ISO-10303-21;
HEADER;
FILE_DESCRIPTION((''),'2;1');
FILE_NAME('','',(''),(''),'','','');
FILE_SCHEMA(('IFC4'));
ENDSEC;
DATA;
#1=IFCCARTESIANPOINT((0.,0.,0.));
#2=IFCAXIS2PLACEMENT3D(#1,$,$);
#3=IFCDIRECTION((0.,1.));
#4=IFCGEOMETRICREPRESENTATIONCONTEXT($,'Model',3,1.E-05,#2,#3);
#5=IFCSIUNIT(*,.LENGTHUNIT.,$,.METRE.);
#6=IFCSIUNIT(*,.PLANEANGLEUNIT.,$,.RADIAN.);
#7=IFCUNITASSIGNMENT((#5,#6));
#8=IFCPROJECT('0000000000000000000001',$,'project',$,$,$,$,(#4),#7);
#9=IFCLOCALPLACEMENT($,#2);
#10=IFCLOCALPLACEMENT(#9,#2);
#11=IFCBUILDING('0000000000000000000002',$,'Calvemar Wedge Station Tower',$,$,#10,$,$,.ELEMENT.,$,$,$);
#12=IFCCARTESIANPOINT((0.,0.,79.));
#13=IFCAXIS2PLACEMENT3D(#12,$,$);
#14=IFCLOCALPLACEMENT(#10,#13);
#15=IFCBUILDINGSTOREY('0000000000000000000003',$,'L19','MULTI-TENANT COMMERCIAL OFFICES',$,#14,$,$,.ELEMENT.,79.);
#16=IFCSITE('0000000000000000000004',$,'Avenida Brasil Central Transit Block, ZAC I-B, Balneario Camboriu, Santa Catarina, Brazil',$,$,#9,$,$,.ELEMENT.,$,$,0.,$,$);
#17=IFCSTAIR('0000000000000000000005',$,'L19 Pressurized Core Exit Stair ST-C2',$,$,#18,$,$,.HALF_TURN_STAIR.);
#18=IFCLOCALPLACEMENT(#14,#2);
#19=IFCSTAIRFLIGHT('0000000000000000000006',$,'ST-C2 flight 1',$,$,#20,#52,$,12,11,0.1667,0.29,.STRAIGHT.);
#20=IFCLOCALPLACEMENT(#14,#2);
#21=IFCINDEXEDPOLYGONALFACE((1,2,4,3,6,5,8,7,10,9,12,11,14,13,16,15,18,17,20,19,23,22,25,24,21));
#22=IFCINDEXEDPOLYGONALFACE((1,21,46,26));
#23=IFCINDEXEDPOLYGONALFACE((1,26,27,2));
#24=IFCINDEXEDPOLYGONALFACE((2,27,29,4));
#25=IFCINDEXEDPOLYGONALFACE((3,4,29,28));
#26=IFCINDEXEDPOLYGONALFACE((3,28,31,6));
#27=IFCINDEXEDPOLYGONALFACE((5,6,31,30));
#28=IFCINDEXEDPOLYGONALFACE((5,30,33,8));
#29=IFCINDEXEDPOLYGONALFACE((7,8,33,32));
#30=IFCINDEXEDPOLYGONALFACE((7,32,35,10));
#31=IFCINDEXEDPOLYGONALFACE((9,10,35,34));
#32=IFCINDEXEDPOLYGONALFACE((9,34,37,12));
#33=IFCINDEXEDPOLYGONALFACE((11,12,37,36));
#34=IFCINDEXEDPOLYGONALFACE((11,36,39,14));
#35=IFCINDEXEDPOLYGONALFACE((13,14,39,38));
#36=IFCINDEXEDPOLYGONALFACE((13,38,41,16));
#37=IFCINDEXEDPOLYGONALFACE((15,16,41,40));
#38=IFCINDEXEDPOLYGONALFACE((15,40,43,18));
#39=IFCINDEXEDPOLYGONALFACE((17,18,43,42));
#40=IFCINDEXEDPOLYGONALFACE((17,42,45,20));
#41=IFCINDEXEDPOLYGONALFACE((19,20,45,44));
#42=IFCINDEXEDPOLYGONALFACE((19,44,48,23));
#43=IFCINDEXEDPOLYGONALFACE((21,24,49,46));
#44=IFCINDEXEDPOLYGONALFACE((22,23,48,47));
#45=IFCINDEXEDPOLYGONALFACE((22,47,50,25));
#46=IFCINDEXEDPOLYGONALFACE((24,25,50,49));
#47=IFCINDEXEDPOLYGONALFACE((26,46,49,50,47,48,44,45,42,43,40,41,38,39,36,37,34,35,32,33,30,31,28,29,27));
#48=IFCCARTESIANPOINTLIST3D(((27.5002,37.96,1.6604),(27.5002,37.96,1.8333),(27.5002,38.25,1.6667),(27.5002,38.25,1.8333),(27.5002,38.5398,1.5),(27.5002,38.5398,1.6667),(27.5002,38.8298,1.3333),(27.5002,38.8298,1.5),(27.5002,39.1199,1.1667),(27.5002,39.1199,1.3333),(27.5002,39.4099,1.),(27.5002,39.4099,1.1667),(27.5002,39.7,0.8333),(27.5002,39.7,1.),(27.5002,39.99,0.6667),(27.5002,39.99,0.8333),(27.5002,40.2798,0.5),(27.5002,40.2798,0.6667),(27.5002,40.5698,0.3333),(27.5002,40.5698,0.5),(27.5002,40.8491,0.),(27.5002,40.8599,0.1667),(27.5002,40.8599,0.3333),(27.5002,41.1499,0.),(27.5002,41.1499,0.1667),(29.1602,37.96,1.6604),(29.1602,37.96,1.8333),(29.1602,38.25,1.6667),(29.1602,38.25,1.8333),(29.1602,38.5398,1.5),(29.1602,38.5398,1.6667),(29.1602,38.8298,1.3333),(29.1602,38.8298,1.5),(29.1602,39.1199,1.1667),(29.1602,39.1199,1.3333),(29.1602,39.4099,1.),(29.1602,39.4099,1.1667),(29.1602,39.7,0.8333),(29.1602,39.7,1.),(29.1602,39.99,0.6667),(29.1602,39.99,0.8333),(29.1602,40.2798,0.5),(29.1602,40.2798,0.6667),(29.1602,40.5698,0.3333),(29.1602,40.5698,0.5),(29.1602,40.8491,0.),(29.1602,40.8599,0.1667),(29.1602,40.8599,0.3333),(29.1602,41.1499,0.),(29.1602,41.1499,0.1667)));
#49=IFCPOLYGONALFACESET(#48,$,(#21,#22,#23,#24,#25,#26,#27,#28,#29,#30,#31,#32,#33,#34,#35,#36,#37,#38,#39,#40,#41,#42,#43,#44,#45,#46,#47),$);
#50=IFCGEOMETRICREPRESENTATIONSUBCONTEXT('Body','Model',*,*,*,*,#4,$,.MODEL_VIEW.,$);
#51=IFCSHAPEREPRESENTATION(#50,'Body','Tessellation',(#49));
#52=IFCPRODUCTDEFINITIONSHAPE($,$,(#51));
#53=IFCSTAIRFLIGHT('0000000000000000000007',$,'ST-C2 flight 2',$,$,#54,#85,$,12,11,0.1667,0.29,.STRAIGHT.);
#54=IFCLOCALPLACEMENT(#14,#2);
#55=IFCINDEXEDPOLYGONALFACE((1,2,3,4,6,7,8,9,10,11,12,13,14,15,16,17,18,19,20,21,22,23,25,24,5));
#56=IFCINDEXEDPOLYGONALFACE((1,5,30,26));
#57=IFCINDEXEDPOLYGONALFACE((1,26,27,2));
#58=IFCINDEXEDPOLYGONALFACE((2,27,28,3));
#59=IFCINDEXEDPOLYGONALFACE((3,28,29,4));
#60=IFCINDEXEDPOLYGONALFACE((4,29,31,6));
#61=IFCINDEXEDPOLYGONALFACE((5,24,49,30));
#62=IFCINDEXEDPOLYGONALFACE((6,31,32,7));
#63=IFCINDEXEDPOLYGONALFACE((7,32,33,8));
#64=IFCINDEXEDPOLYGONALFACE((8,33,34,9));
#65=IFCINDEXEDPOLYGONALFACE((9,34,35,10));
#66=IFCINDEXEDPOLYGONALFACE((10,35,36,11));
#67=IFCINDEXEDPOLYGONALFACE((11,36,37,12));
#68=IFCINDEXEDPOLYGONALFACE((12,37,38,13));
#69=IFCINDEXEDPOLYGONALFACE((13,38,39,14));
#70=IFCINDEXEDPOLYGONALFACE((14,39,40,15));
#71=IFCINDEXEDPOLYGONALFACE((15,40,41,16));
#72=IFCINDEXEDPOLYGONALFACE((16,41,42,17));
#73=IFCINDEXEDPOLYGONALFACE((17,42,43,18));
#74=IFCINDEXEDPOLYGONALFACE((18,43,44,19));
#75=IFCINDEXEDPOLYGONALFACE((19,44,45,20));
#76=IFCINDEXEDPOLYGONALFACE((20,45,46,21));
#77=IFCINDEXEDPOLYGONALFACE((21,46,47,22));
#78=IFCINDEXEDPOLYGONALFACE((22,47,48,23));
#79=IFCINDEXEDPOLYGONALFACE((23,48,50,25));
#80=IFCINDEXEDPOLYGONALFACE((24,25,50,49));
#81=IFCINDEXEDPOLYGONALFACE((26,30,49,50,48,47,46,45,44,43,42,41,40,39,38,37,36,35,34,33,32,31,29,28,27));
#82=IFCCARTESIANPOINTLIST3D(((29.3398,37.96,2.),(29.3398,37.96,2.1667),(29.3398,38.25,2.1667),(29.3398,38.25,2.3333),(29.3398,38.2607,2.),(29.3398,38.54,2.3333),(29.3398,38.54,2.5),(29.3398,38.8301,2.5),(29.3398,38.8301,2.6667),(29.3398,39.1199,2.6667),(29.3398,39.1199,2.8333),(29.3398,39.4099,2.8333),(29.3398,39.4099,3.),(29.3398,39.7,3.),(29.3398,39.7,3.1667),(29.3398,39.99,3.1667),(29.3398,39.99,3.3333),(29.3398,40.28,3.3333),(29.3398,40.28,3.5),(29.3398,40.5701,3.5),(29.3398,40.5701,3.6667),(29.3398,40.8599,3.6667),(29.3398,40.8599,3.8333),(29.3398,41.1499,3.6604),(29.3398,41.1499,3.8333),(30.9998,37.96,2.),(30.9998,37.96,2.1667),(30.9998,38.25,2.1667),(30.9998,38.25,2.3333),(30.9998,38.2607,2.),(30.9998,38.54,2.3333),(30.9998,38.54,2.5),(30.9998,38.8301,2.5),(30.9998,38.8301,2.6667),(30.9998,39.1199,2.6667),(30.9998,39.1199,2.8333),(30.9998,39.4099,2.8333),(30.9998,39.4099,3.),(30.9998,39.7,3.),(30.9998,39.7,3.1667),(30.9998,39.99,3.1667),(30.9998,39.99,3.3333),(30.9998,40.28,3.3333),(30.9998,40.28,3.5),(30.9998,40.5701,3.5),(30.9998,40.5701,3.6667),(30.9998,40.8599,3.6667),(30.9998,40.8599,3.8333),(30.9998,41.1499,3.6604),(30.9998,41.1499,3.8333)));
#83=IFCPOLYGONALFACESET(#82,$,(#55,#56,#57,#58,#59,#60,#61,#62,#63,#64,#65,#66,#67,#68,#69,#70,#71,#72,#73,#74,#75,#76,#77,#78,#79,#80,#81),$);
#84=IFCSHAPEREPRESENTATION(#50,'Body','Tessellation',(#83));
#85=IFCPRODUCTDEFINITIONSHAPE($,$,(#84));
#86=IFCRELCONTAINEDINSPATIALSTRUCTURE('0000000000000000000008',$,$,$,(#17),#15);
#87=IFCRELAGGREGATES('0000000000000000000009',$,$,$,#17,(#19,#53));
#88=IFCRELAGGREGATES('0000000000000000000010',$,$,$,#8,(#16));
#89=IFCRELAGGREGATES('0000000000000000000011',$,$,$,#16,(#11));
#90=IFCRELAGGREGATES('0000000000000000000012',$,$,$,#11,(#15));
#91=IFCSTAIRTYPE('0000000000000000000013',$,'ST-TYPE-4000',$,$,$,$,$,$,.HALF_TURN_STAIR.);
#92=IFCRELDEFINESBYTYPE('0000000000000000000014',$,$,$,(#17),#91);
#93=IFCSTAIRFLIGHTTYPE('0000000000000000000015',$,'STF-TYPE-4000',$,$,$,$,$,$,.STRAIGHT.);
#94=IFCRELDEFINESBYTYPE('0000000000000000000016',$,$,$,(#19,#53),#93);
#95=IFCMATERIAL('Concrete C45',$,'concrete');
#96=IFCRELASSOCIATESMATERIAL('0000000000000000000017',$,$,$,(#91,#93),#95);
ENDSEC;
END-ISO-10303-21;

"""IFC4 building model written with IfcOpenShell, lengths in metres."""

from ifc_helpers import new_model, si_unit, direction, frame, origin, place, context, subcontext, project, spatial, polyline, outline, extrude, material, type_object, element, aggregate, save


model = new_model("IFC4")

# Units and contexts
model_context = context("Model", 3, precision=1e-05, world=origin(), true_north=direction((0.0, 1.0)))
body_context = subcontext(model_context, "Body", "Model", "MODEL_VIEW")
ifc_project = project(units=[si_unit("LENGTHUNIT", "METRE"), si_unit("PLANEANGLEUNIT", "RADIAN")], contexts=[model_context])

# Site, building, storey
site_placement = place(None, origin())
site = spatial("IfcSite", under=ifc_project, at=site_placement, Name="Avenida Brasil Central Transit Block, ZAC I-B, Balneario Camboriu, Santa Catarina, Brazil", CompositionType="ELEMENT", RefElevation=0.0)
building_placement = place(site_placement, origin())
building = spatial("IfcBuilding", under=site, at=building_placement, Name="Calvemar Wedge Station Tower", CompositionType="ELEMENT")
storey_placement = place(building_placement, frame((0.0, 0.0, 79.0)))
storey = spatial("IfcBuildingStorey", under=building, at=storey_placement, Name="L19", Description="MULTI-TENANT COMMERCIAL OFFICES", CompositionType="ELEMENT", Elevation=79.0)

# Stair, stair flights
ifc_material_1 = material(Name="Concrete C45", Category="concrete")
stair_type = type_object("IfcStairType", Name="ST-TYPE-4000", PredefinedType="HALF_TURN_STAIR", material=ifc_material_1)
stair_placement = place(storey_placement, origin())
stair = element("IfcStair", 1, at=stair_placement, inside=storey, type_object=stair_type, Name="L19 Pressurized Core Exit Stair ST-C2", PredefinedType="HALF_TURN_STAIR")
stair_flight_type = type_object("IfcStairFlightType", Name="STF-TYPE-4000", PredefinedType="STRAIGHT", material=ifc_material_1)
stair_flight_1_placement = place(storey_placement, frame((28.3301, 41.1499, 0.0), z_axis=(0.0, 0.0, 1.0), x_axis=(0.0, -1.0, 0.0)))
stair_flight_1 = element("IfcStairFlight", 2, at=stair_flight_1_placement, type_object=stair_flight_type, Name="ST-C2 flight 1", NumberOfRisers=12, NumberOfTreads=11, PredefinedType="STRAIGHT", RiserHeight=0.1667, TreadLength=0.29, context=body_context, shape_type="SweptSolid", body=[
    extrude(outline(polyline([(0.0, 0.0), (0.0, 0.1667), (0.29, 0.1667), (0.29, 0.3333), (0.5801, 0.3333), (0.5801, 0.5), (0.8701, 0.5), (0.8701, 0.6667), (1.1599, 0.6667), (1.1599, 0.8333), (1.45, 0.8333), (1.45, 1.0), (1.74, 1.0), (1.74, 1.1667), (2.03, 1.1667), (2.03, 1.3333), (2.3201, 1.3333), (2.3201, 1.5), (2.6101, 1.5), (2.6101, 1.6667), (2.8999, 1.6667), (2.8999, 1.8333), (3.1899, 1.8333), (3.1899, 2.0), (3.1899, 1.6604), (0.3008, 0.0), (0.0, 0.0)])), frame((0.0, 0.8301, 0.0), z_axis=(0.0, -1.0, 0.0), x_axis=(1.0, 0.0, 0.0)), (0.0, 0.0, 1.0), 1.6599),
])
stair_flight_2_placement = place(storey_placement, frame((30.1699, 37.96, 2.0), z_axis=(0.0, 0.0, 1.0), x_axis=(0.0, 1.0, 0.0)))
stair_flight_2 = element("IfcStairFlight", 3, at=stair_flight_2_placement, type_object=stair_flight_type, Name="ST-C2 flight 2", NumberOfRisers=12, NumberOfTreads=11, PredefinedType="STRAIGHT", RiserHeight=0.1667, TreadLength=0.29, context=body_context, shape_type="SweptSolid", body=[
    extrude(outline(polyline([(0.0, 0.0), (0.0, 0.1667), (0.29, 0.1667), (0.29, 0.3333), (0.5801, 0.3333), (0.5801, 0.5), (0.8701, 0.5), (0.8701, 0.6667), (1.1599, 0.6667), (1.1599, 0.8333), (1.45, 0.8333), (1.45, 1.0), (1.74, 1.0), (1.74, 1.1667), (2.03, 1.1667), (2.03, 1.3333), (2.3201, 1.3333), (2.3201, 1.5), (2.6101, 1.5), (2.6101, 1.6667), (2.8999, 1.6667), (2.8999, 1.8333), (3.1899, 1.8333), (3.1899, 2.0), (3.1899, 1.6604), (0.3008, 0.0), (0.0, 0.0)])), frame((0.0, 0.8301, 0.0), z_axis=(0.0, -1.0, 0.0), x_axis=(1.0, 0.0, 0.0)), (0.0, 0.0, 1.0), 1.6599),
])
aggregate(stair, [stair_flight_1, stair_flight_2])

save(model, "model.ifc")
